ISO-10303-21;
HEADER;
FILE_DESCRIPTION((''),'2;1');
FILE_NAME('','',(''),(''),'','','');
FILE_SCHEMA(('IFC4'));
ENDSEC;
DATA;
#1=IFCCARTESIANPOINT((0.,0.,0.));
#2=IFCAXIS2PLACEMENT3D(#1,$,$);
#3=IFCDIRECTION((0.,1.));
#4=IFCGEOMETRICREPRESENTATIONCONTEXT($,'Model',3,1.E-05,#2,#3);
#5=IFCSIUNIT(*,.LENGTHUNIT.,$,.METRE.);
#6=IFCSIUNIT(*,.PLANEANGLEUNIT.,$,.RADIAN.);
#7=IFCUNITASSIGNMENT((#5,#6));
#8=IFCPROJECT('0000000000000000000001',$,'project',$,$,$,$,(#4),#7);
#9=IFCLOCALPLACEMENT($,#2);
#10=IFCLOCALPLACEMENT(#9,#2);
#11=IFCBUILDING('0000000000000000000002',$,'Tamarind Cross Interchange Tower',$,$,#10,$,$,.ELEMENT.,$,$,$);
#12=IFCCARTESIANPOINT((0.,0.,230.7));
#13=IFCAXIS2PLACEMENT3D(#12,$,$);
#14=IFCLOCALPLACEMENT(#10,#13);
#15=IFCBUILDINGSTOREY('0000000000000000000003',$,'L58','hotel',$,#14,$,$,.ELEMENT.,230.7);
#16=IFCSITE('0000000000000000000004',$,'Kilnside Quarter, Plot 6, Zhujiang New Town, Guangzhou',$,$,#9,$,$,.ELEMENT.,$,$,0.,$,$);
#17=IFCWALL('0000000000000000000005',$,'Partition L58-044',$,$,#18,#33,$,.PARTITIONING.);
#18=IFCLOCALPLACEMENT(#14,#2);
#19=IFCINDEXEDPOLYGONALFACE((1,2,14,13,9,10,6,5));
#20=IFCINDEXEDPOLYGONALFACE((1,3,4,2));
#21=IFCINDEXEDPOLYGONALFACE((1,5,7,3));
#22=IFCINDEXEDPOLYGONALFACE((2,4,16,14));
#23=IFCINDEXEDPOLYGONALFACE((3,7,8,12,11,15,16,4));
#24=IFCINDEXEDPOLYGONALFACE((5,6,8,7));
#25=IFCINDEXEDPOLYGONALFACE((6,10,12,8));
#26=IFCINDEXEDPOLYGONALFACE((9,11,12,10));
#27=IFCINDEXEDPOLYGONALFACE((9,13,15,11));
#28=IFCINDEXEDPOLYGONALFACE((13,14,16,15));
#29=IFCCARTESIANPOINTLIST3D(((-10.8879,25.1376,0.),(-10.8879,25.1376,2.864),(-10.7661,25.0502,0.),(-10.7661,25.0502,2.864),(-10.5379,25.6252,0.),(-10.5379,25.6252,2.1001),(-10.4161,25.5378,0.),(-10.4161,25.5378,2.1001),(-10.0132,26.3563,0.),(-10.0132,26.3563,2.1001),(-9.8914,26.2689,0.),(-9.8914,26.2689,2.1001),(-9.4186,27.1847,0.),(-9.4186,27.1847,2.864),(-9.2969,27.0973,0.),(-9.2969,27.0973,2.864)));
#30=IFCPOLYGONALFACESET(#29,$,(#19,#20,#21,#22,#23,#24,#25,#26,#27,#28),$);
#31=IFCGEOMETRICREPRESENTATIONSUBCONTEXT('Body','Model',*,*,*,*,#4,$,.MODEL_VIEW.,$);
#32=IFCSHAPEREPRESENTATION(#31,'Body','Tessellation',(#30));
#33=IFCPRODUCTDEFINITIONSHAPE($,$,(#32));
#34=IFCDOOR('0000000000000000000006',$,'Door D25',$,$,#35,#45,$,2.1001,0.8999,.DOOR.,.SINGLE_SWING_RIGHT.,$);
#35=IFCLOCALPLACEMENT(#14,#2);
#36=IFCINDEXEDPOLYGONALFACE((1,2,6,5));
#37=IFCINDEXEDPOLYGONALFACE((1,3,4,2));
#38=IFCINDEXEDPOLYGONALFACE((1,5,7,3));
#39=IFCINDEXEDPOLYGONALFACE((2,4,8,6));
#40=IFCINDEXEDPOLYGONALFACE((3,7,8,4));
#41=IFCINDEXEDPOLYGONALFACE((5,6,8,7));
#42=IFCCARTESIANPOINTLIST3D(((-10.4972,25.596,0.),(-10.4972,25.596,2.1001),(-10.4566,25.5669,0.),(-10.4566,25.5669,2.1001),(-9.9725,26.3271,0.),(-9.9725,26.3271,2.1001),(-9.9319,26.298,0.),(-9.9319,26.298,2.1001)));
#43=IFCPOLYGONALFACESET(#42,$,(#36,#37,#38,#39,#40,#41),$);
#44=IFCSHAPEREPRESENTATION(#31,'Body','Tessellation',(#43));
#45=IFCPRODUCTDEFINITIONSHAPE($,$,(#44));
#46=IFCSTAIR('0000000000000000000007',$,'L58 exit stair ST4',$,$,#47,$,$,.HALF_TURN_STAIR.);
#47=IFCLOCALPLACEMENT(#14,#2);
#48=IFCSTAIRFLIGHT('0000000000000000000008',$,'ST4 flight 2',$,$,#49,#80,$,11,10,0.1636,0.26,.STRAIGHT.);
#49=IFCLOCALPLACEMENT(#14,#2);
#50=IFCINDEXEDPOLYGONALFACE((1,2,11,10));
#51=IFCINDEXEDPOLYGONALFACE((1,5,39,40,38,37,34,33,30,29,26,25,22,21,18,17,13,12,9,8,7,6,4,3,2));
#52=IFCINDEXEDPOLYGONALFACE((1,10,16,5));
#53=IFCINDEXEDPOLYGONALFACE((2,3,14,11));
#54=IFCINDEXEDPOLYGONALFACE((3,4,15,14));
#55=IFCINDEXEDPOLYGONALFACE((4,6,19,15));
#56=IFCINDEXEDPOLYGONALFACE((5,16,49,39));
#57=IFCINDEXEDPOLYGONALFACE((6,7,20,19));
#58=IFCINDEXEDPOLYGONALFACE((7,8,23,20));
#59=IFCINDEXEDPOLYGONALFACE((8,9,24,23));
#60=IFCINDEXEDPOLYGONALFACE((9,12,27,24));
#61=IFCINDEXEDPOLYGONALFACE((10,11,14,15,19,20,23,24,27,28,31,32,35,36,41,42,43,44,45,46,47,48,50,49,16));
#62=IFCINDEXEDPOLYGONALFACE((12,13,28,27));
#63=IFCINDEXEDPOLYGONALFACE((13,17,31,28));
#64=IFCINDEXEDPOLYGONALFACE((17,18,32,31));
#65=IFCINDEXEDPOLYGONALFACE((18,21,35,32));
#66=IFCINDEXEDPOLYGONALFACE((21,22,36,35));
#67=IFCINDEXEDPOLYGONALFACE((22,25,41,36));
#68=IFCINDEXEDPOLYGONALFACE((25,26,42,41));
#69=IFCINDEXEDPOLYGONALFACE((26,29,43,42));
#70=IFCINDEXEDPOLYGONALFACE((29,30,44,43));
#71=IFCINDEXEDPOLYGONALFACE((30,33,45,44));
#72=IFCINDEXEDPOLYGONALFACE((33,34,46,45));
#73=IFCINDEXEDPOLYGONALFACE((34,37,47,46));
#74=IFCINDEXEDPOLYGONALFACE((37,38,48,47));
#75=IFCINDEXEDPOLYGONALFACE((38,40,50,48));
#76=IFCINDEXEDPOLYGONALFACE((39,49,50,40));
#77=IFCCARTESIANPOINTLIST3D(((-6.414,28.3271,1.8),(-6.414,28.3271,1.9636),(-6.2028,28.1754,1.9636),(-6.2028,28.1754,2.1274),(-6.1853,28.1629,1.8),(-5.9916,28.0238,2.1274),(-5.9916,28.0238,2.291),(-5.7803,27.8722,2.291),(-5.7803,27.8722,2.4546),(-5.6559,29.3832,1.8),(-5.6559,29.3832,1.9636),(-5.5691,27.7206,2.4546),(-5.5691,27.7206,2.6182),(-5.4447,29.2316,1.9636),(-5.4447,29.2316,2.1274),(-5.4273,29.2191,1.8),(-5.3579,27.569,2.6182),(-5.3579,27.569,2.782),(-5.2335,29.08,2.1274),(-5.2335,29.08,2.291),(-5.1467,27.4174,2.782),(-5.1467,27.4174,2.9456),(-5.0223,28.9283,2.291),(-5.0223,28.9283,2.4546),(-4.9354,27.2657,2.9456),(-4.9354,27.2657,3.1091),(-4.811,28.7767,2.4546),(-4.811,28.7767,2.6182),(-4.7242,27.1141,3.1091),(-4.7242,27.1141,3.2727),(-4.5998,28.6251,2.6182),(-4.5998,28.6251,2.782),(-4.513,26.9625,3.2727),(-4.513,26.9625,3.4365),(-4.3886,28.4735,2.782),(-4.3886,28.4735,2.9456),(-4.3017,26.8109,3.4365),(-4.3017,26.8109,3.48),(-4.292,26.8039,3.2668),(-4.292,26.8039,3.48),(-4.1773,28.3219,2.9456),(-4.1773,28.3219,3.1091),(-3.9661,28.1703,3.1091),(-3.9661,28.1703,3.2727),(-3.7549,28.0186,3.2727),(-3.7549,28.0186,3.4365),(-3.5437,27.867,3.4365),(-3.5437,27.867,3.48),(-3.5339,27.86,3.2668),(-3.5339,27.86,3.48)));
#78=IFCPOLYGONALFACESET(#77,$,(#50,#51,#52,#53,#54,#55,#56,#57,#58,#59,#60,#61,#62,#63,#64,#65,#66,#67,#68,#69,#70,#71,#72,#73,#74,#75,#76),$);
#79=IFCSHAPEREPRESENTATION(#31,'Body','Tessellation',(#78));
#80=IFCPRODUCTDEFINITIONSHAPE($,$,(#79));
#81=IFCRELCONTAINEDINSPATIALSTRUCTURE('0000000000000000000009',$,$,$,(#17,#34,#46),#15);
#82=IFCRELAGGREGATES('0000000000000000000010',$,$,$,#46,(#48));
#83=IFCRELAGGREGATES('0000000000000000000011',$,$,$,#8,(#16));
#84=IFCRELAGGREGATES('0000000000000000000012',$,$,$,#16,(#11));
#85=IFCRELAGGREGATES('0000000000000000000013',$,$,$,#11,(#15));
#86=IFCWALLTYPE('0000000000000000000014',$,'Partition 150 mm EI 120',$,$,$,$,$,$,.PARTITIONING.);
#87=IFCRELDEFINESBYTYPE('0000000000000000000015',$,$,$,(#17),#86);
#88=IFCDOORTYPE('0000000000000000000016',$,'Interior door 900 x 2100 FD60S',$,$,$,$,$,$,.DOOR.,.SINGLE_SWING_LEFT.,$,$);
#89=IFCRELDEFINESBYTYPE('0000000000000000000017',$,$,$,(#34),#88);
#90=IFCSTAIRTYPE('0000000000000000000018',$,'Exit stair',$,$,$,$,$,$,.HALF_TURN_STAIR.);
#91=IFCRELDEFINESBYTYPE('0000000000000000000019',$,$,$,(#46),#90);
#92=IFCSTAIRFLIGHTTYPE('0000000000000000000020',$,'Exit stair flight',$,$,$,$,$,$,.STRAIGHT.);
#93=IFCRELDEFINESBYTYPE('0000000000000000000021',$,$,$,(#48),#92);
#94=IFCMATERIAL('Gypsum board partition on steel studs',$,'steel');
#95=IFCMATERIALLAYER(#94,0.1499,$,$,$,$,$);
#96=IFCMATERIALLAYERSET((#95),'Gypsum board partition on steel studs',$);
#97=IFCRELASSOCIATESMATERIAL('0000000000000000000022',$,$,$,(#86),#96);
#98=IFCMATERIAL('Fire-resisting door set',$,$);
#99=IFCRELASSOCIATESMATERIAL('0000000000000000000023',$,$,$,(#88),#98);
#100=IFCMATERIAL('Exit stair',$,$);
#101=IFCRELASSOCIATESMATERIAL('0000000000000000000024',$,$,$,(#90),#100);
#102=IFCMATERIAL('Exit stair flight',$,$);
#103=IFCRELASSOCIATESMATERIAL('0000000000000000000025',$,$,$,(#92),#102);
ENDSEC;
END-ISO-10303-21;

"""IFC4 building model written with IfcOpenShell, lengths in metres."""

from ifc_helpers import new_model, si_unit, direction, frame, frame_2d, origin, place, context, subcontext, project, spatial, polyline, rectangle, outline, extrude, material, layer, layer_set, type_object, element, fill, aggregate, save


model = new_model("IFC4")

# Units and contexts
model_context = context("Model", 3, precision=1e-05, world=origin(), true_north=direction((0.0, 1.0)))
body_context = subcontext(model_context, "Body", "Model", "MODEL_VIEW")
ifc_project = project(units=[si_unit("LENGTHUNIT", "METRE"), si_unit("PLANEANGLEUNIT", "RADIAN")], contexts=[model_context])

# Site, building, storey
site_placement = place(None, origin())
site = spatial("IfcSite", under=ifc_project, at=site_placement, Name="Kilnside Quarter, Plot 6, Zhujiang New Town, Guangzhou", CompositionType="ELEMENT", RefElevation=0.0)
building_placement = place(site_placement, origin())
building = spatial("IfcBuilding", under=site, at=building_placement, Name="Tamarind Cross Interchange Tower", CompositionType="ELEMENT")
storey_placement = place(building_placement, frame((0.0, 0.0, 230.7)))
storey = spatial("IfcBuildingStorey", under=building, at=storey_placement, Name="L58", Description="hotel", CompositionType="ELEMENT", Elevation=230.7)

# Shared definitions
ifc_material_1 = material(Name="Gypsum board partition on steel studs", Category="steel")
ifc_layer_1 = layer(ifc_material_1, 0.1499)
ifc_layer_set_1 = layer_set([ifc_layer_1], Name="Gypsum board partition on steel studs")
wall_type = type_object("IfcWallType", Name="Partition 150 mm EI 120", PredefinedType="PARTITIONING", material=ifc_layer_set_1)

# Wall, opening, door
ifc_material_2 = material(Name="Fire-resisting door set")
door_type_1 = type_object("IfcDoorType", Name="Interior door 900 x 2100 FD60S", OperationType="SINGLE_SWING_LEFT", PredefinedType="DOOR", material=ifc_material_2)
wall_1_placement = place(storey_placement, frame((-10.8269, 25.094, 0.0), z_axis=(0.0, 0.0, 1.0), x_axis=(0.583079, 0.812416, 0.0)))
wall_1 = element("IfcWall", 1, at=wall_1_placement, inside=storey, type_object=wall_type, Name="Partition L58-044", PredefinedType="PARTITIONING", context=body_context, shape_type="SweptSolid", body=[
    extrude(rectangle(XDim=2.5198, YDim=0.1499, at=frame_2d((1.2598, 0.0))), origin(), (0.0, 0.0, 1.0), 2.864),
])
opening_1_placement = place(wall_1_placement, frame((0.6001, 0.0, 0.0)))
opening_1 = element("IfcOpeningElement", 2, at=opening_1_placement, cuts=wall_1, PredefinedType="OPENING", context=body_context, shape_type="SweptSolid", body=[
    extrude(rectangle(XDim=0.8999, YDim=2.1001, at=frame_2d((0.45, 1.05))), frame((0.0, 0.085, 0.0), z_axis=(0.0, -1.0, 0.0), x_axis=(1.0, 0.0, 0.0)), (0.0, 0.0, 1.0), 0.1699),
])
door_1_placement = place(opening_1_placement, origin())
door_1 = element("IfcDoor", 3, at=door_1_placement, inside=storey, type_object=door_type_1, Name="Door D25", OperationType="SINGLE_SWING_RIGHT", OverallHeight=2.1001, OverallWidth=0.8999, PredefinedType="DOOR", context=body_context, shape_type="SweptSolid", body=[
    extrude(rectangle(XDim=0.8999, YDim=2.1001, at=frame_2d((0.45, 1.05))), frame((0.0, 0.0249, 0.0), z_axis=(0.0, -1.0, 0.0), x_axis=(1.0, 0.0, 0.0)), (0.0, 0.0, 1.0), 0.05),
])
fill(opening_1, door_1)

# Stair, stair flight
ifc_material_3 = material(Name="Exit stair")
stair_type = type_object("IfcStairType", Name="Exit stair", PredefinedType="HALF_TURN_STAIR", material=ifc_material_3)
stair_placement = place(storey_placement, origin())
stair = element("IfcStair", 4, at=stair_placement, inside=storey, type_object=stair_type, Name="L58 exit stair ST4", PredefinedType="HALF_TURN_STAIR")
ifc_material_4 = material(Name="Exit stair flight")
stair_flight_type = type_object("IfcStairFlightType", Name="Exit stair flight", PredefinedType="STRAIGHT", material=ifc_material_4)
stair_flight_placement = place(storey_placement, frame((-6.0349, 28.8552, 1.8), z_axis=(0.0, 0.0, 1.0), x_axis=(0.812385, -0.583122, 0.0)))
stair_flight = element("IfcStairFlight", 5, at=stair_flight_placement, type_object=stair_flight_type, Name="ST4 flight 2", NumberOfRisers=11, NumberOfTreads=10, PredefinedType="STRAIGHT", RiserHeight=0.1636, TreadLength=0.26, context=body_context, shape_type="SweptSolid", body=[
    extrude(outline(polyline([(0.0, 0.0), (0.0, 0.1636), (0.26, 0.1636), (0.26, 0.3274), (0.52, 0.3274), (0.52, 0.491), (0.78, 0.491), (0.78, 0.6545), (1.04, 0.6545), (1.04, 0.8181), (1.3, 0.8181), (1.3, 0.9819), (1.5601, 0.9819), (1.5601, 1.1455), (1.8201, 1.1455), (1.8201, 1.3091), (2.0801, 1.3091), (2.0801, 1.4727), (2.3401, 1.4727), (2.3401, 1.6365), (2.6001, 1.6365), (2.6001, 1.6799), (2.6121, 1.6799), (2.6121, 1.4668), (0.2815, 0.0), (0.0, 0.0)])), frame((0.0, 0.6499, 0.0), z_axis=(0.0, -1.0, 0.0), x_axis=(1.0, 0.0, 0.0)), (0.0, 0.0, 1.0), 1.3),
])
aggregate(stair, [stair_flight])

save(model, "model.ifc")
